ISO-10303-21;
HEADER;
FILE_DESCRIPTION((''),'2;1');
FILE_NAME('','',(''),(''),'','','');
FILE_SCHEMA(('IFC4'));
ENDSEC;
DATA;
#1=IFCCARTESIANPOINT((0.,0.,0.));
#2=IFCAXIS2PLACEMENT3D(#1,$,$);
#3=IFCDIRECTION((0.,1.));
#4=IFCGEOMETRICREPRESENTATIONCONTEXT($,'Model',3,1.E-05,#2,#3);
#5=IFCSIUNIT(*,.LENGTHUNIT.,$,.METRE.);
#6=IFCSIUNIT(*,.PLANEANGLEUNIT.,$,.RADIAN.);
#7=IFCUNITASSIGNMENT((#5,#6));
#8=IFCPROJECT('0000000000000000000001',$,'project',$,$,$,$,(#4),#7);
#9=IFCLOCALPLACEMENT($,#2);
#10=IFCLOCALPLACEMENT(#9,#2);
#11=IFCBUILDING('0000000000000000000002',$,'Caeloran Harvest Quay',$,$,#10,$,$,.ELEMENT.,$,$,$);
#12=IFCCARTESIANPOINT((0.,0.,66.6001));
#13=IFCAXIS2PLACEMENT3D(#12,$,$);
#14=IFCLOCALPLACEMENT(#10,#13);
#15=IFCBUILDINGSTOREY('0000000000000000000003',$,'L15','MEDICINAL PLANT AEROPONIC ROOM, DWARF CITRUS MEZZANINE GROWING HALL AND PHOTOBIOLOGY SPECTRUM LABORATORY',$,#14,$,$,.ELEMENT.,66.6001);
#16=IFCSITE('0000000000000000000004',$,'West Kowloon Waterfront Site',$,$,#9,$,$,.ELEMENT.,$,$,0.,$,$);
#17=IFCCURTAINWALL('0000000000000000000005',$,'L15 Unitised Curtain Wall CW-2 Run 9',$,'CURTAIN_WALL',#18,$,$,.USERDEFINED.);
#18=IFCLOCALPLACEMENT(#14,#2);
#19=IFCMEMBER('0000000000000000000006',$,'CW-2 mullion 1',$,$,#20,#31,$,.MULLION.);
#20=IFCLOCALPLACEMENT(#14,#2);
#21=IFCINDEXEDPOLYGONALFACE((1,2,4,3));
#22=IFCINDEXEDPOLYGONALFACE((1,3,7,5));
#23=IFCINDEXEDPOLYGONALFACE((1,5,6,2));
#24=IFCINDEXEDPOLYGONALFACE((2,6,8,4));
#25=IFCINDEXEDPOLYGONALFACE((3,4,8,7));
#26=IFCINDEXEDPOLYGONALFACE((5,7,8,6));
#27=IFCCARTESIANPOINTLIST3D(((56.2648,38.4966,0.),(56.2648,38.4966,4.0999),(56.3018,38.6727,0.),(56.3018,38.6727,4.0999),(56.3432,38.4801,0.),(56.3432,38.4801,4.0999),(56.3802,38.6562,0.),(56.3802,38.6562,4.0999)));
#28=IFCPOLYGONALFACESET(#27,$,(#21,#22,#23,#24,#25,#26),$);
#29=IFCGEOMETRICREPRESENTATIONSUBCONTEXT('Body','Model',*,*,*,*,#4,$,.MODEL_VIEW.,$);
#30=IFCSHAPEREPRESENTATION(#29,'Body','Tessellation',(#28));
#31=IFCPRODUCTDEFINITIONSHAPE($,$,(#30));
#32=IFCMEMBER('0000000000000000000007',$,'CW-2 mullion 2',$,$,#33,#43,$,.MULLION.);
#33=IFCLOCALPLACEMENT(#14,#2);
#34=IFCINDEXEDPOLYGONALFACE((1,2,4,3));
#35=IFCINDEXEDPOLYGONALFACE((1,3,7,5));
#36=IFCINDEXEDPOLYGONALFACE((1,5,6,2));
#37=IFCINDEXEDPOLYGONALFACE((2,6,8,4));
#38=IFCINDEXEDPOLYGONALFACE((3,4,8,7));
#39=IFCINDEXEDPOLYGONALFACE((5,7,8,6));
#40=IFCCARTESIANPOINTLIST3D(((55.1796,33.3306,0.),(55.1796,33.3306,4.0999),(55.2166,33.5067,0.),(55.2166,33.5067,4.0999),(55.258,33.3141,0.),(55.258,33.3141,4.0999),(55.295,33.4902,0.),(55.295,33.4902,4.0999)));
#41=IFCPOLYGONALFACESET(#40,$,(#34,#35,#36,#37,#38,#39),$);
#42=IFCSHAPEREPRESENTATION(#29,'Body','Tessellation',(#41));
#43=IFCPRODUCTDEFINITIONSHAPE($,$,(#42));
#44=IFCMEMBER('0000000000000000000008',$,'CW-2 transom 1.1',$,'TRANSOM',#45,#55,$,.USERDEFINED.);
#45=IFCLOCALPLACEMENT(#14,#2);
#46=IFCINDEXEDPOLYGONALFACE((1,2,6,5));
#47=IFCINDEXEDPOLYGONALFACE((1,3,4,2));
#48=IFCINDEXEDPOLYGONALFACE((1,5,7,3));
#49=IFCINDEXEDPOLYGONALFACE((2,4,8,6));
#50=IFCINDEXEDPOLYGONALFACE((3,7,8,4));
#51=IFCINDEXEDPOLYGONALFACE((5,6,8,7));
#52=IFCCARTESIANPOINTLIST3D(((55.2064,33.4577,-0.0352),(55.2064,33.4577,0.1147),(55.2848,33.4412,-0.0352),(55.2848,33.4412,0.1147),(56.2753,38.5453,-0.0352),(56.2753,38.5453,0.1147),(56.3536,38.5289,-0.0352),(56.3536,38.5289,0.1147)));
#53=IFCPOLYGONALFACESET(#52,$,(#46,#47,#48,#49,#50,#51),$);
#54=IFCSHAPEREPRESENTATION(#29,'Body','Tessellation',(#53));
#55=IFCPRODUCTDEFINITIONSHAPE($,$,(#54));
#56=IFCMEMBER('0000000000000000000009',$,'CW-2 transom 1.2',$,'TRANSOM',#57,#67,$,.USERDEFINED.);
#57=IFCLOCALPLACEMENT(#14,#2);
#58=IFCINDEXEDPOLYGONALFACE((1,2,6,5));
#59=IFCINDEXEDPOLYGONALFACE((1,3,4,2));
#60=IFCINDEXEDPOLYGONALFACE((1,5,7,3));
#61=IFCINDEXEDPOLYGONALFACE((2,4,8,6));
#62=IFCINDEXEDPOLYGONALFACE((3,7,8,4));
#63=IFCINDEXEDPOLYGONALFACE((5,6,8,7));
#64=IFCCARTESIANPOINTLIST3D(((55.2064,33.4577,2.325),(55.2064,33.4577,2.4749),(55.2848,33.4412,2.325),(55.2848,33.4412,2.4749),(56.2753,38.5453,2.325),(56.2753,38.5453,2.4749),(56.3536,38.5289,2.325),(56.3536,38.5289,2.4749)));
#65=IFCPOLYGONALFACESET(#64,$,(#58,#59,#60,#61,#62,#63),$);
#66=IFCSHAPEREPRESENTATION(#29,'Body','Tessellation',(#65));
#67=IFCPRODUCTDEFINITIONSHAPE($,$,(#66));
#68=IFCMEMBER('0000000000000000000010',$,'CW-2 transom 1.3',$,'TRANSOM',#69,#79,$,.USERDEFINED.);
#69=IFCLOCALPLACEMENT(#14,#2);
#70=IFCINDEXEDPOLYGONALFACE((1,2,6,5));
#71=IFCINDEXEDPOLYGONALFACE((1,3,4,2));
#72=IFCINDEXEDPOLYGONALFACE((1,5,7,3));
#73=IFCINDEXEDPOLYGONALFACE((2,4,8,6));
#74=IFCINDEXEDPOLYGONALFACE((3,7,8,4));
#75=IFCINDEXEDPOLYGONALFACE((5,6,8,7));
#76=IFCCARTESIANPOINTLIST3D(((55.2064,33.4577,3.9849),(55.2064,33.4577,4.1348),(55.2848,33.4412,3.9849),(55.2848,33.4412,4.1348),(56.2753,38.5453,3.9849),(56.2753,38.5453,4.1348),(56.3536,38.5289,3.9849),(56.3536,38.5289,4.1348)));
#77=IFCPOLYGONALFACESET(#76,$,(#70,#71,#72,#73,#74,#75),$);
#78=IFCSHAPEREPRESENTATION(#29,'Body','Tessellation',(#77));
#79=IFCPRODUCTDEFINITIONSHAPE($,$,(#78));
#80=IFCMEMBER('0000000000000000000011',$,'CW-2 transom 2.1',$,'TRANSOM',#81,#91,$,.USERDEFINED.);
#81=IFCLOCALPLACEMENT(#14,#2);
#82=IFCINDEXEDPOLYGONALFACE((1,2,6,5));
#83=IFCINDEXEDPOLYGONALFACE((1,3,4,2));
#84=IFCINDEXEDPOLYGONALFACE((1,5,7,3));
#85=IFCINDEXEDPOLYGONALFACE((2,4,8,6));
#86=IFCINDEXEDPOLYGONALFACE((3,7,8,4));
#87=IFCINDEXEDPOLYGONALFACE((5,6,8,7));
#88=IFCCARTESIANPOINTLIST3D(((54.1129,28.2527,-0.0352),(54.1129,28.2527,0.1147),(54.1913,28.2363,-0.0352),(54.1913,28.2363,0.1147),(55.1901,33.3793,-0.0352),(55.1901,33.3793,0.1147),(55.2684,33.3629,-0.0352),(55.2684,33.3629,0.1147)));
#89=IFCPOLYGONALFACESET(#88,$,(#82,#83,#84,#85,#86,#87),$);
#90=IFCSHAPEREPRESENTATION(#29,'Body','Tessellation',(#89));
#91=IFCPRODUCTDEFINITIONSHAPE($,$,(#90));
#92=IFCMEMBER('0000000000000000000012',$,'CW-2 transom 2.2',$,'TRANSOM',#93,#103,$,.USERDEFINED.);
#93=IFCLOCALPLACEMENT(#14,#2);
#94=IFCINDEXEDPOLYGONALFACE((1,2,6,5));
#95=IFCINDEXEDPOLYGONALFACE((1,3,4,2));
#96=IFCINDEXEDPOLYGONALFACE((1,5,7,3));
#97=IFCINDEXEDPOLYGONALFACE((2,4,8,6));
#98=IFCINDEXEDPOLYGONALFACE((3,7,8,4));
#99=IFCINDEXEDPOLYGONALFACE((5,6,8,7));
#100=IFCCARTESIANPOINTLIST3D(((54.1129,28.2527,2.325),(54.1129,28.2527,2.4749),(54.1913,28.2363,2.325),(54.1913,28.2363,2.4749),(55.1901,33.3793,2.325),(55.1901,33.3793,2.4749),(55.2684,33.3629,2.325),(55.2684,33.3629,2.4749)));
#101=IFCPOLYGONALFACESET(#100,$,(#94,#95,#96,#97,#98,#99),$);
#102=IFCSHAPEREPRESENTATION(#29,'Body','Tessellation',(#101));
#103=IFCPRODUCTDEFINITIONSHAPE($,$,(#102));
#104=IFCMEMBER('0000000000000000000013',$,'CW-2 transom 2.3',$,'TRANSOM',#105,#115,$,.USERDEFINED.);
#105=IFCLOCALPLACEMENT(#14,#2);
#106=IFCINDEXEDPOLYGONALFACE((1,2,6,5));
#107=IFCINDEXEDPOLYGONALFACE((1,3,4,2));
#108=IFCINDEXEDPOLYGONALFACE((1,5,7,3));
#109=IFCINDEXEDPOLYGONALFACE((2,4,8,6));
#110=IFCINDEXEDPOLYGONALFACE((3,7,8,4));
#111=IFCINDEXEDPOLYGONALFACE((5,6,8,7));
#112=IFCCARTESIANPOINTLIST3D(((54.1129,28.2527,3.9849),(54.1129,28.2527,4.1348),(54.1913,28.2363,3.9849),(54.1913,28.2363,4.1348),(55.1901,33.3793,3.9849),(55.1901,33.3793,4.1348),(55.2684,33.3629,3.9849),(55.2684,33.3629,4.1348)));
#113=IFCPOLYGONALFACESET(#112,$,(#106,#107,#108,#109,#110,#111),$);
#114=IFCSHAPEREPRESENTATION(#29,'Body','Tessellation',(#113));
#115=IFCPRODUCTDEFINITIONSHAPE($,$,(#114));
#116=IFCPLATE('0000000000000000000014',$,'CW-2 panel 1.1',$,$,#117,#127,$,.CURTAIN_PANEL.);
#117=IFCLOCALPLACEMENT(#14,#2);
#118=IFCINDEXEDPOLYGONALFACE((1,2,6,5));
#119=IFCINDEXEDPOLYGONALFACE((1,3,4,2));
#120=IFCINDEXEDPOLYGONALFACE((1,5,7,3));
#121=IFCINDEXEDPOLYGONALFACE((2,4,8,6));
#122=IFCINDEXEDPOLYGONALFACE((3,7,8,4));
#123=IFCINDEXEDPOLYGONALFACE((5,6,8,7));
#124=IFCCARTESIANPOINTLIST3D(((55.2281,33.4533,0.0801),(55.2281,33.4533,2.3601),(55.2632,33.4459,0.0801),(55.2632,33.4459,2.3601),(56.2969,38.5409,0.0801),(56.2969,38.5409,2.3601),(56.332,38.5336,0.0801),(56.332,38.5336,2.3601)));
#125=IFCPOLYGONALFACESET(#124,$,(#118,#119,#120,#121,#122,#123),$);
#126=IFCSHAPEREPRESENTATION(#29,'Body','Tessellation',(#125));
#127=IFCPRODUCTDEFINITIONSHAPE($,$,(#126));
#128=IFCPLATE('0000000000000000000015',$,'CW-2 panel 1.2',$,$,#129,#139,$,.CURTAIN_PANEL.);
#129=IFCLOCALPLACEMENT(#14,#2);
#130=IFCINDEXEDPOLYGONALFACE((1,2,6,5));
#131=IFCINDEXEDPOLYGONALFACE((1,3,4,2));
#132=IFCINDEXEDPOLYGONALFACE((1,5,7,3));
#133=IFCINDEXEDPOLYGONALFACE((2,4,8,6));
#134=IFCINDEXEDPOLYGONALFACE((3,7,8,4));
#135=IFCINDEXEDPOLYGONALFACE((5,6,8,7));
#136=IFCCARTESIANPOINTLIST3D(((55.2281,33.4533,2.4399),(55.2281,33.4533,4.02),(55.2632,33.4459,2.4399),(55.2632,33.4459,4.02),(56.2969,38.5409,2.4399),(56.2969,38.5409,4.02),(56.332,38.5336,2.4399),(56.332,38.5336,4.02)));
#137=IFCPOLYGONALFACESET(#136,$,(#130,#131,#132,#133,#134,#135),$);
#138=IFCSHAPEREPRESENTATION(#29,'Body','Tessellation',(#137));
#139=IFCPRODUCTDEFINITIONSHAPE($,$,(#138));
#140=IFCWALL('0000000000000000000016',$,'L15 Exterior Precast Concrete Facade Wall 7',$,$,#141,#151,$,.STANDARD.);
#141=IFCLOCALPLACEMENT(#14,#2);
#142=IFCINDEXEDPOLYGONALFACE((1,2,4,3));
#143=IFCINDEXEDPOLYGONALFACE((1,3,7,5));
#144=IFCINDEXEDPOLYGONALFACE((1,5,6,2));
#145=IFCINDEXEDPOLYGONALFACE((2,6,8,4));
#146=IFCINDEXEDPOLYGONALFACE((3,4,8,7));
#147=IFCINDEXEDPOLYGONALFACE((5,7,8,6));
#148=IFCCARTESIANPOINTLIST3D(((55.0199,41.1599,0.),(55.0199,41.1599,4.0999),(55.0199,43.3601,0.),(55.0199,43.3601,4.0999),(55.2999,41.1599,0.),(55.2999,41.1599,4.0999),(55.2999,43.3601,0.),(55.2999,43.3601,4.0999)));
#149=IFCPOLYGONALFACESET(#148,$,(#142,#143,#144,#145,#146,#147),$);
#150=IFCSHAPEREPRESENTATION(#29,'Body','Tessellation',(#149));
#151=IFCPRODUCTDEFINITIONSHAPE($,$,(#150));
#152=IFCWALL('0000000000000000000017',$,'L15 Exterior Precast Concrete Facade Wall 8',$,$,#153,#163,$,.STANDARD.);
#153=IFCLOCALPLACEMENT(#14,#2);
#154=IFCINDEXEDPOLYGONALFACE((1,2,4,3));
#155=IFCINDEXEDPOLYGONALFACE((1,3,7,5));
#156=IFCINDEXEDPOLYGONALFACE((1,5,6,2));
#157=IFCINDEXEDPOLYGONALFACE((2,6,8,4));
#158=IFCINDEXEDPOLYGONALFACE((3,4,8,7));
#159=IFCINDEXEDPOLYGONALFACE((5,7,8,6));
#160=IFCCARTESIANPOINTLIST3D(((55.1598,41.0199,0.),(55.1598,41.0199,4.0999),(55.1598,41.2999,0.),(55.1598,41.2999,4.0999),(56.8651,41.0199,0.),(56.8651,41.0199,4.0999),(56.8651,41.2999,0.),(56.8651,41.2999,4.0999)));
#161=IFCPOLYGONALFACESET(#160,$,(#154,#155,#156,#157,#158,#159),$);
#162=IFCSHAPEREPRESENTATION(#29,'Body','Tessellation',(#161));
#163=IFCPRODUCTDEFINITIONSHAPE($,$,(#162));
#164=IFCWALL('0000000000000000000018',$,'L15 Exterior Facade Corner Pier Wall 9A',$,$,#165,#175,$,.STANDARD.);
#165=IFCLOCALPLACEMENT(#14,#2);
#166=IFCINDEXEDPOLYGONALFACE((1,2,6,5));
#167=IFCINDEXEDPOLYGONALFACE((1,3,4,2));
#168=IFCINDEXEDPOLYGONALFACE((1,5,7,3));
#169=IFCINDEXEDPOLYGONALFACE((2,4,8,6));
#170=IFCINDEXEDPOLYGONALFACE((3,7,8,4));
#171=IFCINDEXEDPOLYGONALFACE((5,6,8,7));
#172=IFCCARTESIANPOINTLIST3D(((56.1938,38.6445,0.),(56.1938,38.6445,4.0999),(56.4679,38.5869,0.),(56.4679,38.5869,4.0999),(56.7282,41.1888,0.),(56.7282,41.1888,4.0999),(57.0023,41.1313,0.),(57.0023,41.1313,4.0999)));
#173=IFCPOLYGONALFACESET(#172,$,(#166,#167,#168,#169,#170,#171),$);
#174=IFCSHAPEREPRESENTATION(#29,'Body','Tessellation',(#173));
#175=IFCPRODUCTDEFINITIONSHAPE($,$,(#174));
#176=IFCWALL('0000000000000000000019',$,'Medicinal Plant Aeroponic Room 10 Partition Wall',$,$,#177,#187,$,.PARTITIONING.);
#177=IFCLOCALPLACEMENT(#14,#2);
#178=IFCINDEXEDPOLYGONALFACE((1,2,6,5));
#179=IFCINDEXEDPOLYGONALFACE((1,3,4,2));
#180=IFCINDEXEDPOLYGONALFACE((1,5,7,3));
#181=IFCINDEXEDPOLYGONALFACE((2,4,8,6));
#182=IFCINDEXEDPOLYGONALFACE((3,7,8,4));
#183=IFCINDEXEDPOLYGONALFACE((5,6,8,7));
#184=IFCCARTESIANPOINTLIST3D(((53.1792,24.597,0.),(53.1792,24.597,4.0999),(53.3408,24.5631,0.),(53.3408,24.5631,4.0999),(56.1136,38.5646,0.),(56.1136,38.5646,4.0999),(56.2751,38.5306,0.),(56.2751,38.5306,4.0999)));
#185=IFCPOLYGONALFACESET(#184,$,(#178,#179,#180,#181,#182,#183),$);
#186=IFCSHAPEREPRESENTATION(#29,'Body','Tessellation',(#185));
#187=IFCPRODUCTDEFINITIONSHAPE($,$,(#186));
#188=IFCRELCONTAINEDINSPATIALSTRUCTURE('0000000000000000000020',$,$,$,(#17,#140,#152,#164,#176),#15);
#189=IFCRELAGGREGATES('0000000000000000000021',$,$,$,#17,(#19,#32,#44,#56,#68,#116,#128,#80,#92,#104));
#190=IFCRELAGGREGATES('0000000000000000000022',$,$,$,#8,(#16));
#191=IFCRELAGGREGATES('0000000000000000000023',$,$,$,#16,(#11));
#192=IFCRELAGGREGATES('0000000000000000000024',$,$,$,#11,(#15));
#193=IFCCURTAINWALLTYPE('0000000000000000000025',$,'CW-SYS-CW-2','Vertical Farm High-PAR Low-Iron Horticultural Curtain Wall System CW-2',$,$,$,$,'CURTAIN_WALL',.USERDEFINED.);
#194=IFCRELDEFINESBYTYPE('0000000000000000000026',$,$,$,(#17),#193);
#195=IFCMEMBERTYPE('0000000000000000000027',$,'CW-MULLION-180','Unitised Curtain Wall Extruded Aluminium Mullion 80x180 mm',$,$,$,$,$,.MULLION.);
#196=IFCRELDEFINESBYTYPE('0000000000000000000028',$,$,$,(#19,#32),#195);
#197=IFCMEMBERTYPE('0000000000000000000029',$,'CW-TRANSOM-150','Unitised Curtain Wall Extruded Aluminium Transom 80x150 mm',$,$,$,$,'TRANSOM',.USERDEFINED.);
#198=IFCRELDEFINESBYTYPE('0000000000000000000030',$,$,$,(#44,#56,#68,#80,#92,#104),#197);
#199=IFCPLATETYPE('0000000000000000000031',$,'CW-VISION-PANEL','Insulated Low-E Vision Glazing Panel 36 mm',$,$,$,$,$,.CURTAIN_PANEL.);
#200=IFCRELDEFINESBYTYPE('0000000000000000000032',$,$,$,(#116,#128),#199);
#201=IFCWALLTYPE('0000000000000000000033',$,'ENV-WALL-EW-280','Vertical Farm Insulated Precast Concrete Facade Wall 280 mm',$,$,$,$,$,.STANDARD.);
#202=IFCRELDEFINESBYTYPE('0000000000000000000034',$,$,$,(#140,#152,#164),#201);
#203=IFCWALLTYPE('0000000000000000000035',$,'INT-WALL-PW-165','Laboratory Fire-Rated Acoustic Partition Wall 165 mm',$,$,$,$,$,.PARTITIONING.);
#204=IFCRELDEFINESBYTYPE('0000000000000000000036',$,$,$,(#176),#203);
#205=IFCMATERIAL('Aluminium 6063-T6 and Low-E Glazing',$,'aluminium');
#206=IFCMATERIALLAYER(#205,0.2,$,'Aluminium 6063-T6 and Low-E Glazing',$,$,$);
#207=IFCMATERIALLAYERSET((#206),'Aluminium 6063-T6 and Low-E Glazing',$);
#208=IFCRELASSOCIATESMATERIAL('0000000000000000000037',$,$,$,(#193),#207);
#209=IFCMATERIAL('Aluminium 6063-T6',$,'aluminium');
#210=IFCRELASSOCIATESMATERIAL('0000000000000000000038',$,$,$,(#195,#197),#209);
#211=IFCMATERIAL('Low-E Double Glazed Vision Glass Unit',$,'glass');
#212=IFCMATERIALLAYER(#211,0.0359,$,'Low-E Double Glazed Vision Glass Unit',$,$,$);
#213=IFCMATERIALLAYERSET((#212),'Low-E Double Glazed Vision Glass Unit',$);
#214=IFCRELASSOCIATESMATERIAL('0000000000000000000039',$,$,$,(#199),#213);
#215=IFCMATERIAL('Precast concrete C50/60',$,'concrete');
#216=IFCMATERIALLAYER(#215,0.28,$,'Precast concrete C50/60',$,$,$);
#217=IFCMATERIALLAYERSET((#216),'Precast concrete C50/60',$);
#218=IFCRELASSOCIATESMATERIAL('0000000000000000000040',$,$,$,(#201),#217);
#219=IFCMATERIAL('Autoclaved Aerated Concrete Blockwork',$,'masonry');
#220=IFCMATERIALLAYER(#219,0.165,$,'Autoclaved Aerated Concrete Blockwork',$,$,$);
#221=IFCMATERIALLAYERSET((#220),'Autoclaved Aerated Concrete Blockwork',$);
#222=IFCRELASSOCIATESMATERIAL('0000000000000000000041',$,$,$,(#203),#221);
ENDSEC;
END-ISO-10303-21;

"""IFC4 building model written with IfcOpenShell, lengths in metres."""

from ifc_helpers import new_model, si_unit, direction, frame, frame_2d, origin, origin_2d, place, context, subcontext, project, spatial, rectangle, extrude, material, layer, layer_set, material_profile, profile_set, type_object, element, aggregate, save


model = new_model("IFC4")

# Units and contexts
model_context = context("Model", 3, precision=1e-05, world=origin(), true_north=direction((0.0, 1.0)))
body_context = subcontext(model_context, "Body", "Model", "MODEL_VIEW")
ifc_project = project(units=[si_unit("LENGTHUNIT", "METRE"), si_unit("PLANEANGLEUNIT", "RADIAN")], contexts=[model_context])

# Site, building, storey
site_placement = place(None, origin())
site = spatial("IfcSite", under=ifc_project, at=site_placement, Name="West Kowloon Waterfront Site", CompositionType="ELEMENT", RefElevation=0.0)
building_placement = place(site_placement, origin())
building = spatial("IfcBuilding", under=site, at=building_placement, Name="Caeloran Harvest Quay", CompositionType="ELEMENT")
storey_placement = place(building_placement, frame((0.0, 0.0, 66.6001)))
storey = spatial("IfcBuildingStorey", under=building, at=storey_placement, Name="L15", Description="MEDICINAL PLANT AEROPONIC ROOM, DWARF CITRUS MEZZANINE GROWING HALL AND PHOTOBIOLOGY SPECTRUM LABORATORY", CompositionType="ELEMENT", Elevation=66.6001)

# Curtain wall, members, plates
ifc_material_1 = material(Name="Aluminium 6063-T6 and Low-E Glazing", Category="aluminium")
ifc_layer_1 = layer(ifc_material_1, 0.2, Name="Aluminium 6063-T6 and Low-E Glazing")
ifc_layer_set_1 = layer_set([ifc_layer_1], Name="Aluminium 6063-T6 and Low-E Glazing")
curtain_wall_type = type_object("IfcCurtainWallType", Name="CW-SYS-CW-2", Description="Vertical Farm High-PAR Low-Iron Horticultural Curtain Wall System CW-2", ElementType="CURTAIN_WALL", PredefinedType="USERDEFINED", material=ifc_layer_set_1)
curtain_wall_placement = place(storey_placement, origin())
curtain_wall = element("IfcCurtainWall", 1, at=curtain_wall_placement, inside=storey, type_object=curtain_wall_type, Name="L15 Unitised Curtain Wall CW-2 Run 9", ObjectType="CURTAIN_WALL", PredefinedType="USERDEFINED")
ifc_material_2 = material(Name="Aluminium 6063-T6", Category="aluminium")
ifc_material_profile_1 = material_profile(ifc_material_2, rectangle(XDim=0.0801, YDim=0.1799, at=origin_2d()), Name="CW-MULLION-180")
ifc_profile_set_1 = profile_set([ifc_material_profile_1], Name="Aluminium 6063-T6")
member_type_1 = type_object("IfcMemberType", Name="CW-MULLION-180", Description="Unitised Curtain Wall Extruded Aluminium Mullion 80x180 mm", PredefinedType="MULLION", material=ifc_profile_set_1)
member_1_placement = place(storey_placement, frame((56.3225, 38.5764, 0.0), z_axis=(0.0, 0.0, 1.0), x_axis=(0.97864, -0.205583, 0.0)))
member_1 = element("IfcMember", 2, at=member_1_placement, type_object=member_type_1, Name="CW-2 mullion 1", PredefinedType="MULLION", context=body_context, shape_type="SweptSolid", body=[
    extrude(rectangle(XDim=0.0801, YDim=0.1799, at=origin_2d()), origin(), (0.0, 0.0, 1.0), 4.0999),
])
member_2_placement = place(storey_placement, frame((55.2373, 33.4104, 0.0), z_axis=(0.0, 0.0, 1.0), x_axis=(0.97864, -0.205583, 0.0)))
member_2 = element("IfcMember", 3, at=member_2_placement, type_object=member_type_1, Name="CW-2 mullion 2", PredefinedType="MULLION", context=body_context, shape_type="SweptSolid", body=[
    extrude(rectangle(XDim=0.0801, YDim=0.1799, at=origin_2d()), origin(), (0.0, 0.0, 1.0), 4.0999),
])
ifc_material_profile_2 = material_profile(ifc_material_2, rectangle(XDim=0.0801, YDim=0.1499, at=origin_2d()), Name="CW-TRANSOM-150")
ifc_profile_set_2 = profile_set([ifc_material_profile_2], Name="Aluminium 6063-T6")
member_type_2 = type_object("IfcMemberType", Name="CW-TRANSOM-150", Description="Unitised Curtain Wall Extruded Aluminium Transom 80x150 mm", ElementType="TRANSOM", PredefinedType="USERDEFINED", material=ifc_profile_set_2)
member_3_placement = place(storey_placement, frame((56.3145, 38.5371, 0.0398), z_axis=(-0.205599, -0.978636, 0.0), x_axis=(0.978636, -0.205599, 0.0)))
member_3 = element("IfcMember", 4, at=member_3_placement, type_object=member_type_2, Name="CW-2 transom 1.1", ObjectType="TRANSOM", PredefinedType="USERDEFINED", context=body_context, shape_type="SweptSolid", body=[
    extrude(rectangle(XDim=0.0801, YDim=0.1499, at=origin_2d()), origin(), (0.0, 0.0, 1.0), 5.1987),
])
member_4_placement = place(storey_placement, frame((56.3145, 38.5371, 2.3999), z_axis=(-0.205599, -0.978636, 0.0), x_axis=(0.978636, -0.205599, 0.0)))
member_4 = element("IfcMember", 5, at=member_4_placement, type_object=member_type_2, Name="CW-2 transom 1.2", ObjectType="TRANSOM", PredefinedType="USERDEFINED", context=body_context, shape_type="SweptSolid", body=[
    extrude(rectangle(XDim=0.0801, YDim=0.1499, at=origin_2d()), origin(), (0.0, 0.0, 1.0), 5.1987),
])
member_5_placement = place(storey_placement, frame((56.3145, 38.5371, 4.0598), z_axis=(-0.205599, -0.978636, 0.0), x_axis=(0.978636, -0.205599, 0.0)))
member_5 = element("IfcMember", 6, at=member_5_placement, type_object=member_type_2, Name="CW-2 transom 1.3", ObjectType="TRANSOM", PredefinedType="USERDEFINED", context=body_context, shape_type="SweptSolid", body=[
    extrude(rectangle(XDim=0.0801, YDim=0.1499, at=origin_2d()), origin(), (0.0, 0.0, 1.0), 5.1987),
])
member_6_placement = place(storey_placement, frame((55.2292, 33.3711, 0.0398), z_axis=(-0.205616, -0.978633, 0.0), x_axis=(0.978633, -0.205616, 0.0)))
member_6 = element("IfcMember", 7, at=member_6_placement, type_object=member_type_2, Name="CW-2 transom 2.1", ObjectType="TRANSOM", PredefinedType="USERDEFINED", context=body_context, shape_type="SweptSolid", body=[
    extrude(rectangle(XDim=0.0801, YDim=0.1499, at=origin_2d()), origin(), (0.0, 0.0, 1.0), 5.2385),
])
member_7_placement = place(storey_placement, frame((55.2292, 33.3711, 2.3999), z_axis=(-0.205616, -0.978633, 0.0), x_axis=(0.978633, -0.205616, 0.0)))
member_7 = element("IfcMember", 8, at=member_7_placement, type_object=member_type_2, Name="CW-2 transom 2.2", ObjectType="TRANSOM", PredefinedType="USERDEFINED", context=body_context, shape_type="SweptSolid", body=[
    extrude(rectangle(XDim=0.0801, YDim=0.1499, at=origin_2d()), origin(), (0.0, 0.0, 1.0), 5.2385),
])
member_8_placement = place(storey_placement, frame((55.2292, 33.3711, 4.0598), z_axis=(-0.205616, -0.978633, 0.0), x_axis=(0.978633, -0.205616, 0.0)))
member_8 = element("IfcMember", 9, at=member_8_placement, type_object=member_type_2, Name="CW-2 transom 2.3", ObjectType="TRANSOM", PredefinedType="USERDEFINED", context=body_context, shape_type="SweptSolid", body=[
    extrude(rectangle(XDim=0.0801, YDim=0.1499, at=origin_2d()), origin(), (0.0, 0.0, 1.0), 5.2385),
])
ifc_material_3 = material(Name="Low-E Double Glazed Vision Glass Unit", Category="glass")
ifc_layer_2 = layer(ifc_material_3, 0.0359, Name="Low-E Double Glazed Vision Glass Unit")
ifc_layer_set_2 = layer_set([ifc_layer_2], Name="Low-E Double Glazed Vision Glass Unit")
plate_type = type_object("IfcPlateType", Name="CW-VISION-PANEL", Description="Insulated Low-E Vision Glazing Panel 36 mm", PredefinedType="CURTAIN_PANEL", material=ifc_layer_set_2)
plate_1_placement = place(storey_placement, frame((55.78, 35.9934, 0.0801), z_axis=(0.0, 0.0, 1.0), x_axis=(-0.205583, -0.97864, 0.0)))
plate_1 = element("IfcPlate", 10, at=plate_1_placement, type_object=plate_type, Name="CW-2 panel 1.1", PredefinedType="CURTAIN_PANEL", context=body_context, shape_type="SweptSolid", body=[
    extrude(rectangle(XDim=5.1987, YDim=0.0359, at=origin_2d()), origin(), (0.0, 0.0, 1.0), 2.28),
])
plate_2_placement = place(storey_placement, frame((55.78, 35.9934, 2.4399), z_axis=(0.0, 0.0, 1.0), x_axis=(-0.205583, -0.97864, 0.0)))
plate_2 = element("IfcPlate", 11, at=plate_2_placement, type_object=plate_type, Name="CW-2 panel 1.2", PredefinedType="CURTAIN_PANEL", context=body_context, shape_type="SweptSolid", body=[
    extrude(rectangle(XDim=5.1987, YDim=0.0359, at=origin_2d()), origin(), (0.0, 0.0, 1.0), 1.5801),
])
aggregate(curtain_wall, [member_1, member_2, member_3, member_4, member_5, plate_1, plate_2, member_6, member_7, member_8])

# Walls
ifc_material_4 = material(Name="Precast concrete C50/60", Category="concrete")
ifc_layer_3 = layer(ifc_material_4, 0.28, Name="Precast concrete C50/60")
ifc_layer_set_3 = layer_set([ifc_layer_3], Name="Precast concrete C50/60")
wall_type_1 = type_object("IfcWallType", Name="ENV-WALL-EW-280", Description="Vertical Farm Insulated Precast Concrete Facade Wall 280 mm", PredefinedType="STANDARD", material=ifc_layer_set_3)
wall_1_placement = place(storey_placement, frame((55.1599, 43.3601, 0.0), z_axis=(0.0, 0.0, 1.0), x_axis=(0.0, -1.0, 0.0)))
element("IfcWall", 12, at=wall_1_placement, inside=storey, type_object=wall_type_1, Name="L15 Exterior Precast Concrete Facade Wall 7", PredefinedType="STANDARD", context=body_context, shape_type="SweptSolid", body=[
    extrude(rectangle(XDim=2.2002, YDim=0.28, at=frame_2d((1.1001, 0.0))), origin(), (0.0, 0.0, 1.0), 4.0999),
])
wall_2_placement = place(storey_placement, frame((55.1599, 41.1599, 0.0), z_axis=(0.0, 0.0, 1.0), x_axis=(1.0, 0.0, 0.0)))
element("IfcWall", 13, at=wall_2_placement, inside=storey, type_object=wall_type_1, Name="L15 Exterior Precast Concrete Facade Wall 8", PredefinedType="STANDARD", context=body_context, shape_type="SweptSolid", body=[
    extrude(rectangle(XDim=1.7053, YDim=0.28, at=frame_2d((0.8525, 0.0))), origin(), (0.0, 0.0, 1.0), 4.0999),
])
wall_3_placement = place(storey_placement, frame((56.8652, 41.1599, 0.0), z_axis=(0.0, 0.0, 1.0), x_axis=(-0.205551, -0.978646, 0.0)))
element("IfcWall", 14, at=wall_3_placement, inside=storey, type_object=wall_type_1, Name="L15 Exterior Facade Corner Pier Wall 9A", PredefinedType="STANDARD", context=body_context, shape_type="SweptSolid", body=[
    extrude(rectangle(XDim=2.5999, YDim=0.28, at=frame_2d((1.2998, 0.0))), origin(), (0.0, 0.0, 1.0), 4.0999),
])
ifc_material_5 = material(Name="Autoclaved Aerated Concrete Blockwork", Category="masonry")
ifc_layer_4 = layer(ifc_material_5, 0.165, Name="Autoclaved Aerated Concrete Blockwork")
ifc_layer_set_4 = layer_set([ifc_layer_4], Name="Autoclaved Aerated Concrete Blockwork")
wall_type_2 = type_object("IfcWallType", Name="INT-WALL-PW-165", Description="Laboratory Fire-Rated Acoustic Partition Wall 165 mm", PredefinedType="PARTITIONING", material=ifc_layer_set_4)
wall_4_placement = place(storey_placement, frame((56.1943, 38.5476, 0.0), z_axis=(0.0, 0.0, 1.0), x_axis=(-0.205594, -0.978637, 0.0)))
element("IfcWall", 15, at=wall_4_placement, inside=storey, type_object=wall_type_2, Name="Medicinal Plant Aeroponic Room 10 Partition Wall", PredefinedType="PARTITIONING", context=body_context, shape_type="SweptSolid", body=[
    extrude(rectangle(XDim=14.2725, YDim=0.165, at=frame_2d((7.1362, 0.0))), origin(), (0.0, 0.0, 1.0), 4.0999),
])

save(model, "model.ifc")
